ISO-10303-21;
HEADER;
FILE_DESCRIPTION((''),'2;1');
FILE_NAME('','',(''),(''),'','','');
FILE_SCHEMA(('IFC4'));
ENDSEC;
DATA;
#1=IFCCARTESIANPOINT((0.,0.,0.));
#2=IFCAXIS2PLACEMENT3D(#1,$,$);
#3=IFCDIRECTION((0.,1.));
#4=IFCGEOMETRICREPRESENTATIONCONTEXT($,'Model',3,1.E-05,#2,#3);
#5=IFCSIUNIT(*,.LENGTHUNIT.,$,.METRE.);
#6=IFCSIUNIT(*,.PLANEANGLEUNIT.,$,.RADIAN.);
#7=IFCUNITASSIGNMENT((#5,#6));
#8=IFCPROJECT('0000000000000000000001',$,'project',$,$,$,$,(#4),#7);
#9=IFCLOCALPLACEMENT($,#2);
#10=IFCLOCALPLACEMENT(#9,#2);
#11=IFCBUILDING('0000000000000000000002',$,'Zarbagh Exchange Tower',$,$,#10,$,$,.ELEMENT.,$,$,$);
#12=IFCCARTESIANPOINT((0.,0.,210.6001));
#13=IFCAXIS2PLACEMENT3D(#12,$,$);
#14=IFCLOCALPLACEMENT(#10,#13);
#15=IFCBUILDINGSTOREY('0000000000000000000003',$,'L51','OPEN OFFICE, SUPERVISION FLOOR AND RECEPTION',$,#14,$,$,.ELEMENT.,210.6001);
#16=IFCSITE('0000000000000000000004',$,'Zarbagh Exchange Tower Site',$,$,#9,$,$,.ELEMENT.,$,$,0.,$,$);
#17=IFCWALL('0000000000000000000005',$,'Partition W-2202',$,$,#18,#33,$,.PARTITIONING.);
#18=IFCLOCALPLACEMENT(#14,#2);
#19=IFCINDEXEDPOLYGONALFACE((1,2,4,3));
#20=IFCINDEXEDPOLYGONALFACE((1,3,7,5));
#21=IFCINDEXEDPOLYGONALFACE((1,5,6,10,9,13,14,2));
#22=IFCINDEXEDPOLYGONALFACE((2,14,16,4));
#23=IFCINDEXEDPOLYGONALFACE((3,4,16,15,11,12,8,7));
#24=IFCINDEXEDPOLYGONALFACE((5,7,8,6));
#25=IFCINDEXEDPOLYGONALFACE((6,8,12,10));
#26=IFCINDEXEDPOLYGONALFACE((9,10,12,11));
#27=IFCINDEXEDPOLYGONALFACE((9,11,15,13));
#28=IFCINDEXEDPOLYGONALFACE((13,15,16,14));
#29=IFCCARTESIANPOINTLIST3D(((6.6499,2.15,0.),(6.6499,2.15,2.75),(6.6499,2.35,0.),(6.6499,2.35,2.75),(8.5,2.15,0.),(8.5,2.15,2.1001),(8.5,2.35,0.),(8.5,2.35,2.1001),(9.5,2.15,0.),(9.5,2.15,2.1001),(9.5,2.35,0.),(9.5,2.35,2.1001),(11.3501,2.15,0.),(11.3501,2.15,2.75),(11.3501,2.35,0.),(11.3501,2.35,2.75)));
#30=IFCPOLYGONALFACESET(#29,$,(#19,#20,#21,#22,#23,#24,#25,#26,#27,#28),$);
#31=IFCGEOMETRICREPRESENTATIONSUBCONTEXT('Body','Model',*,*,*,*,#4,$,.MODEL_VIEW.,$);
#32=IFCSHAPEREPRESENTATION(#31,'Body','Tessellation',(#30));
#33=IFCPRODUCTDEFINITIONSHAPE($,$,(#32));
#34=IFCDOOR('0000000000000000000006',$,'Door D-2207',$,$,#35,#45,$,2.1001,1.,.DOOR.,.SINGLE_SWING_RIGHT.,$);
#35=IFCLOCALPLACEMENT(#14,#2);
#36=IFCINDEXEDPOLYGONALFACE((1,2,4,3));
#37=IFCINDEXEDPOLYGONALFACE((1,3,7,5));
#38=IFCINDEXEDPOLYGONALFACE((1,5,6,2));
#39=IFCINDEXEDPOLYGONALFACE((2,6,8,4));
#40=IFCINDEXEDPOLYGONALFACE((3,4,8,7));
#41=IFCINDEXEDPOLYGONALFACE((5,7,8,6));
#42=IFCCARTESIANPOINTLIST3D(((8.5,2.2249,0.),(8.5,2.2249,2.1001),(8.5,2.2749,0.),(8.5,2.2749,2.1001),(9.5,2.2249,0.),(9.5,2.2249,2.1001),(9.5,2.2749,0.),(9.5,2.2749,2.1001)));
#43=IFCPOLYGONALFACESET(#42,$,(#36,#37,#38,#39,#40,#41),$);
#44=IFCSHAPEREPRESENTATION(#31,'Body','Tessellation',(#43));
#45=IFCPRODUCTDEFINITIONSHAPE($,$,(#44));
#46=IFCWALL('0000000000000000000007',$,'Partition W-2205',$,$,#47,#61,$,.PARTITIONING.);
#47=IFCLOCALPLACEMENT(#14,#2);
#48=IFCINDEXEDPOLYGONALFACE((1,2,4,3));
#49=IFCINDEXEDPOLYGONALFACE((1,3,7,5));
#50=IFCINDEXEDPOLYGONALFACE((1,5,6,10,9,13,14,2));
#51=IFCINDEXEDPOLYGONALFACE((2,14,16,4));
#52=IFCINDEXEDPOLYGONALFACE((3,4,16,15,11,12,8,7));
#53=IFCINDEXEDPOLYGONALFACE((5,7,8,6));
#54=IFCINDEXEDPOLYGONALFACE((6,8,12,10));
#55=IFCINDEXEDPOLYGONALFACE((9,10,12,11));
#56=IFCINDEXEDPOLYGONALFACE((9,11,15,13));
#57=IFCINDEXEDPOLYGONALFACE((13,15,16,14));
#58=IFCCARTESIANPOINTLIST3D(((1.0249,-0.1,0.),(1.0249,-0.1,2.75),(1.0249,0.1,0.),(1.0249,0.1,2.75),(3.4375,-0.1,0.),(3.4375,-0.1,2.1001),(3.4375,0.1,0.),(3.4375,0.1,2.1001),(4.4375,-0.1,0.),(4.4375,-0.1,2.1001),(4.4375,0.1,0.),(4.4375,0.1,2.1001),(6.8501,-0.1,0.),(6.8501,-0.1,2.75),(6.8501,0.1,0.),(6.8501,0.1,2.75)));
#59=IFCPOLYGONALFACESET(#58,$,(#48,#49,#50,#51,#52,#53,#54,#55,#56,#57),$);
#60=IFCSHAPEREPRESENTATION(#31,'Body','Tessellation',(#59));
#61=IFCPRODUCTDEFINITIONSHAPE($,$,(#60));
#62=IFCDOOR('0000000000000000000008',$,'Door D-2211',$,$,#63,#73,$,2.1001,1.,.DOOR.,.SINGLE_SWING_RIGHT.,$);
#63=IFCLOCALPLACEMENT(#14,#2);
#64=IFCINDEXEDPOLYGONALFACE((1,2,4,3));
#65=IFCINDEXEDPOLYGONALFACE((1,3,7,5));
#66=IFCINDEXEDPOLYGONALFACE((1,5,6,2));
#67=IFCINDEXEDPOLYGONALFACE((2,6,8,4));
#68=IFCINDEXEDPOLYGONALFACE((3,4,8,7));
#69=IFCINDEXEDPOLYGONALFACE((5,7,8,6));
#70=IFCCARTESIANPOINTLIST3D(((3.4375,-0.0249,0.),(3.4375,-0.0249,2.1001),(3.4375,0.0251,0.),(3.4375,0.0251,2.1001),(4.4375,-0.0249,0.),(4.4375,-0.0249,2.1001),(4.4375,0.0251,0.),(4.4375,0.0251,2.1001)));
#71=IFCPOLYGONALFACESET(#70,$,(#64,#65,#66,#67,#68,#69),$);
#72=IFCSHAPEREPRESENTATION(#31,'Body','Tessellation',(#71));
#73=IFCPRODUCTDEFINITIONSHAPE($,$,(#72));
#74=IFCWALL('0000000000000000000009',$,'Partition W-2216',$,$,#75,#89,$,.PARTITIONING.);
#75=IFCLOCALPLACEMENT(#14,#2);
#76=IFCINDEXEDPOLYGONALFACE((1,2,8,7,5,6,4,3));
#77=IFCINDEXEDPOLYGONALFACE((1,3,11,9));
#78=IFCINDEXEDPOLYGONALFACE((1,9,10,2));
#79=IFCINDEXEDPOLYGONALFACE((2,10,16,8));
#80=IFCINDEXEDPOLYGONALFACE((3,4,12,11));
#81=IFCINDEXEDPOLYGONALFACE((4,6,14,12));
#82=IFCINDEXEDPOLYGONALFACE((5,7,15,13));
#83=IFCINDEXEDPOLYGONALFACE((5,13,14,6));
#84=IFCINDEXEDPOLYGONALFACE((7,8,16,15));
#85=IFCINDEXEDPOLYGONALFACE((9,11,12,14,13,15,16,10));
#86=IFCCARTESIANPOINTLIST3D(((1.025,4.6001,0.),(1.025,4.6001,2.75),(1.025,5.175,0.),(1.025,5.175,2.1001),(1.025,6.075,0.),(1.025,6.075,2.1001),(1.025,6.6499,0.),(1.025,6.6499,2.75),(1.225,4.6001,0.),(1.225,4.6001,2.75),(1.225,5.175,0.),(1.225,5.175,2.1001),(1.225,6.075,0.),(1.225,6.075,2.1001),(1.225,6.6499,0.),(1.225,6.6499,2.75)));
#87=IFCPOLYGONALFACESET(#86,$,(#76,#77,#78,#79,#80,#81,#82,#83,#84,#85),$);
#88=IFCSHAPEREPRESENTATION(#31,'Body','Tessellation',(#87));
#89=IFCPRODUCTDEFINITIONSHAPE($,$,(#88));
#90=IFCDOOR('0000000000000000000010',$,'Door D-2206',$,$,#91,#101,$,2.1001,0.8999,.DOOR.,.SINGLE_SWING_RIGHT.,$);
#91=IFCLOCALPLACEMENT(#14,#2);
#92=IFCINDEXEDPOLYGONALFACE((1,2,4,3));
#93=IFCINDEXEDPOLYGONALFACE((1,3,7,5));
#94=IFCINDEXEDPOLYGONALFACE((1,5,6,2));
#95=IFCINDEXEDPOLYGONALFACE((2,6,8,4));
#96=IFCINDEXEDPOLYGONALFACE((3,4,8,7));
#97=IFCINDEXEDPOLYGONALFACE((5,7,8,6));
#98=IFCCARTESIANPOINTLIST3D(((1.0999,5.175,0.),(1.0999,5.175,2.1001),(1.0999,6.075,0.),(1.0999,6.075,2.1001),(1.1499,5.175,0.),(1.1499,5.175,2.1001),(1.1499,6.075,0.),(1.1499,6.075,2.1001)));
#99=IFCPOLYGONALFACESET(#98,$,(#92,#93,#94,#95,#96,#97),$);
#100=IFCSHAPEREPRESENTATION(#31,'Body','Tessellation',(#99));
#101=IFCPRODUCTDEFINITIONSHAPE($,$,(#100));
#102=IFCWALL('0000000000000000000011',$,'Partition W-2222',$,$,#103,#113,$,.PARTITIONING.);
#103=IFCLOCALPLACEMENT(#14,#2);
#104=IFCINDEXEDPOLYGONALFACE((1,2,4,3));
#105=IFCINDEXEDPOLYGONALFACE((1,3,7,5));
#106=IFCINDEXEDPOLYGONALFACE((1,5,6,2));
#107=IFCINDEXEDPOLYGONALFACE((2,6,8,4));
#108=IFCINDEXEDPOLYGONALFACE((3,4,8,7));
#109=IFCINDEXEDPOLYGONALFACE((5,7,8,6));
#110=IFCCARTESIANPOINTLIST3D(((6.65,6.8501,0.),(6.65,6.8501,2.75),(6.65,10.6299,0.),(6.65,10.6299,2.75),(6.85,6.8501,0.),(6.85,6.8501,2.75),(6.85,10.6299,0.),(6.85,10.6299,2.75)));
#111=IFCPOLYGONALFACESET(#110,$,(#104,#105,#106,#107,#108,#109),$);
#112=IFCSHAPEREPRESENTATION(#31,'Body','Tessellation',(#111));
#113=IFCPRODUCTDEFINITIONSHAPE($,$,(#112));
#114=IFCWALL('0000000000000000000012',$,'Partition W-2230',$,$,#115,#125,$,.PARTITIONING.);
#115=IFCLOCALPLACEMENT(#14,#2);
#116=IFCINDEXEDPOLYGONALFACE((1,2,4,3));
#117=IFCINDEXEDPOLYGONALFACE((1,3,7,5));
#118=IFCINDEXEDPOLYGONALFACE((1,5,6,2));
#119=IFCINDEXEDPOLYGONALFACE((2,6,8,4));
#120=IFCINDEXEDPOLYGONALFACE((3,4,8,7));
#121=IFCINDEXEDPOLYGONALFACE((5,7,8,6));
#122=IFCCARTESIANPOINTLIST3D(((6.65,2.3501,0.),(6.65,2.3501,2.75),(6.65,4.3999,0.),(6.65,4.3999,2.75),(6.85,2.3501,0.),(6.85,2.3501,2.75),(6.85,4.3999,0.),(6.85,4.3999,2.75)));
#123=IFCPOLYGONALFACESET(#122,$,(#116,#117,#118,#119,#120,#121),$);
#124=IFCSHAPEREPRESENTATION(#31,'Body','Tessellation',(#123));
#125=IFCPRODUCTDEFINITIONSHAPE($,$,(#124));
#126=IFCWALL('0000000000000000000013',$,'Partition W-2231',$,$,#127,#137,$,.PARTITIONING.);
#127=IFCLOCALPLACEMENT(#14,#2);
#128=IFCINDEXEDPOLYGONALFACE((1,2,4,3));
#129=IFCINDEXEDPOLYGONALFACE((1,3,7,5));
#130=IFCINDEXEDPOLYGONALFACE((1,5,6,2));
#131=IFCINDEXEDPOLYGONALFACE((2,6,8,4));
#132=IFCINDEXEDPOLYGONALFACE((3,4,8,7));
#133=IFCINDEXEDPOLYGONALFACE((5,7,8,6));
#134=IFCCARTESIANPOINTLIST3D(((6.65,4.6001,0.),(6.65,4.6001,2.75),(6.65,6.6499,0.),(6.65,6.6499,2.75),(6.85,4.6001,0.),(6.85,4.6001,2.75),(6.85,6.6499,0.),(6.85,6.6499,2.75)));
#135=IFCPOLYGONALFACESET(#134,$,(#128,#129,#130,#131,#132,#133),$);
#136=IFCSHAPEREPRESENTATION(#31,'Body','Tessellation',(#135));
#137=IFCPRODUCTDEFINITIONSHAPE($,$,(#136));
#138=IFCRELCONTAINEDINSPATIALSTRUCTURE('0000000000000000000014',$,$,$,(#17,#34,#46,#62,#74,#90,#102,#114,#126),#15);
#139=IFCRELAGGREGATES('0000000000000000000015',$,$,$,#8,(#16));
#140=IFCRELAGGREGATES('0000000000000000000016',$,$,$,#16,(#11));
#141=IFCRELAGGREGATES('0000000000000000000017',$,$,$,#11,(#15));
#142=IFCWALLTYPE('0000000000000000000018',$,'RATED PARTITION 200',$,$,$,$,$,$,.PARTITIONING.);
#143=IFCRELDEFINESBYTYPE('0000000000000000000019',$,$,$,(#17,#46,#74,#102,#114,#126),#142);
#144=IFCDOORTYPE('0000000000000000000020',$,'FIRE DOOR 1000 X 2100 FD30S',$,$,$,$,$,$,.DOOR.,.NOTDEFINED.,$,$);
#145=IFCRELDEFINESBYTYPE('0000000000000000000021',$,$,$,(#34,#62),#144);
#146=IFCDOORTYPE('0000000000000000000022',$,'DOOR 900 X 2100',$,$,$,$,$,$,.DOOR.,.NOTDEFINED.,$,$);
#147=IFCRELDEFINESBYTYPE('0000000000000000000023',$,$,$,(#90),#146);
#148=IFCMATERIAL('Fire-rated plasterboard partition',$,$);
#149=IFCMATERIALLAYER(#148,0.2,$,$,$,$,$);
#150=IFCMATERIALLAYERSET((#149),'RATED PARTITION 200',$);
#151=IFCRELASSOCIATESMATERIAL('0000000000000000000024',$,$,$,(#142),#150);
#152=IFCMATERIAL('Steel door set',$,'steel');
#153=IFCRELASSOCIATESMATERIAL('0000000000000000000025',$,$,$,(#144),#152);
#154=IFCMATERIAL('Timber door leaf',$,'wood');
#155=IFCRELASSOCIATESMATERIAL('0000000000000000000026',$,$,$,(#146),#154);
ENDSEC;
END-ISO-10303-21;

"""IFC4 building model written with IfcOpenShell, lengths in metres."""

from ifc_helpers import new_model, si_unit, direction, frame, frame_2d, origin, place, context, subcontext, project, spatial, rectangle, extrude, material, layer, layer_set, type_object, element, fill, save


model = new_model("IFC4")

# Units and contexts
model_context = context("Model", 3, precision=1e-05, world=origin(), true_north=direction((0.0, 1.0)))
body_context = subcontext(model_context, "Body", "Model", "MODEL_VIEW")
ifc_project = project(units=[si_unit("LENGTHUNIT", "METRE"), si_unit("PLANEANGLEUNIT", "RADIAN")], contexts=[model_context])

# Site, building, storey
site_placement = place(None, origin())
site = spatial("IfcSite", under=ifc_project, at=site_placement, Name="Zarbagh Exchange Tower Site", CompositionType="ELEMENT", RefElevation=0.0)
building_placement = place(site_placement, origin())
building = spatial("IfcBuilding", under=site, at=building_placement, Name="Zarbagh Exchange Tower", CompositionType="ELEMENT")
storey_placement = place(building_placement, frame((0.0, 0.0, 210.6001)))
storey = spatial("IfcBuildingStorey", under=building, at=storey_placement, Name="L51", Description="OPEN OFFICE, SUPERVISION FLOOR AND RECEPTION", CompositionType="ELEMENT", Elevation=210.6001)

# Walls, openings, doors
ifc_material_1 = material(Name="Fire-rated plasterboard partition")
ifc_layer_1 = layer(ifc_material_1, 0.2)
ifc_layer_set_1 = layer_set([ifc_layer_1], Name="RATED PARTITION 200")
wall_type_1 = type_object("IfcWallType", Name="RATED PARTITION 200", PredefinedType="PARTITIONING", material=ifc_layer_set_1)
wall_1_placement = place(storey_placement, frame((6.6499, 2.25, 0.0), z_axis=(0.0, 0.0, 1.0), x_axis=(1.0, 0.0, 0.0)))
wall_1 = element("IfcWall", 1, at=wall_1_placement, inside=storey, type_object=wall_type_1, Name="Partition W-2202", PredefinedType="PARTITIONING", context=body_context, shape_type="SweptSolid", body=[
    extrude(rectangle(XDim=4.7002, YDim=0.2, at=frame_2d((2.3501, 0.0))), origin(), (0.0, 0.0, 1.0), 2.75),
])
opening_1_placement = place(wall_1_placement, frame((1.8501, 0.0, 0.0)))
opening_1 = element("IfcOpeningElement", 2, at=opening_1_placement, cuts=wall_1, PredefinedType="OPENING", context=body_context, shape_type="SweptSolid", body=[
    extrude(rectangle(XDim=1.0, YDim=2.1001, at=frame_2d((0.5, 1.05))), frame((0.0, 0.1099, 0.0), z_axis=(0.0, -1.0, 0.0), x_axis=(1.0, 0.0, 0.0)), (0.0, 0.0, 1.0), 0.22),
])
ifc_material_2 = material(Name="Steel door set", Category="steel")
door_type_1 = type_object("IfcDoorType", Name="FIRE DOOR 1000 X 2100 FD30S", OperationType="NOTDEFINED", PredefinedType="DOOR", material=ifc_material_2)
door_1_placement = place(opening_1_placement, origin())
door_1 = element("IfcDoor", 3, at=door_1_placement, inside=storey, type_object=door_type_1, Name="Door D-2207", OperationType="SINGLE_SWING_RIGHT", OverallHeight=2.1001, OverallWidth=1.0, PredefinedType="DOOR", context=body_context, shape_type="SweptSolid", body=[
    extrude(rectangle(XDim=1.0, YDim=2.1001, at=frame_2d((0.5, 1.05))), frame((0.0, 0.0249, 0.0), z_axis=(0.0, -1.0, 0.0), x_axis=(1.0, 0.0, 0.0)), (0.0, 0.0, 1.0), 0.05),
])
fill(opening_1, door_1)
wall_2_placement = place(storey_placement, frame((6.8501, 0.0, 0.0), z_axis=(0.0, 0.0, 1.0), x_axis=(-1.0, 0.0, 0.0)))
wall_2 = element("IfcWall", 4, at=wall_2_placement, inside=storey, type_object=wall_type_1, Name="Partition W-2205", PredefinedType="PARTITIONING", context=body_context, shape_type="SweptSolid", body=[
    extrude(rectangle(XDim=5.8252, YDim=0.2, at=frame_2d((2.9126, 0.0))), origin(), (0.0, 0.0, 1.0), 2.75),
])
opening_2_placement = place(wall_2_placement, frame((2.4126, 0.0, 0.0)))
opening_2 = element("IfcOpeningElement", 5, at=opening_2_placement, cuts=wall_2, PredefinedType="OPENING", context=body_context, shape_type="SweptSolid", body=[
    extrude(rectangle(XDim=1.0, YDim=2.1001, at=frame_2d((0.5, 1.05))), frame((0.0, 0.1099, 0.0), z_axis=(0.0, -1.0, 0.0), x_axis=(1.0, 0.0, 0.0)), (0.0, 0.0, 1.0), 0.22),
])
door_2_placement = place(opening_2_placement, origin())
door_2 = element("IfcDoor", 6, at=door_2_placement, inside=storey, type_object=door_type_1, Name="Door D-2211", OperationType="SINGLE_SWING_RIGHT", OverallHeight=2.1001, OverallWidth=1.0, PredefinedType="DOOR", context=body_context, shape_type="SweptSolid", body=[
    extrude(rectangle(XDim=1.0, YDim=2.1001, at=frame_2d((0.5, 1.05))), frame((0.0, 0.0249, 0.0), z_axis=(0.0, -1.0, 0.0), x_axis=(1.0, 0.0, 0.0)), (0.0, 0.0, 1.0), 0.05),
])
fill(opening_2, door_2)
wall_3_placement = place(storey_placement, frame((1.125, 6.6499, 0.0), z_axis=(0.0, 0.0, 1.0), x_axis=(0.0, -1.0, 0.0)))
wall_3 = element("IfcWall", 7, at=wall_3_placement, inside=storey, type_object=wall_type_1, Name="Partition W-2216", PredefinedType="PARTITIONING", context=body_context, shape_type="SweptSolid", body=[
    extrude(rectangle(XDim=2.0498, YDim=0.2, at=frame_2d((1.0249, 0.0))), origin(), (0.0, 0.0, 1.0), 2.75),
])
opening_3_placement = place(wall_3_placement, frame((0.575, 0.0, 0.0)))
opening_3 = element("IfcOpeningElement", 8, at=opening_3_placement, cuts=wall_3, PredefinedType="OPENING", context=body_context, shape_type="SweptSolid", body=[
    extrude(rectangle(XDim=0.8999, YDim=2.1001, at=frame_2d((0.45, 1.05))), frame((0.0, 0.1099, 0.0), z_axis=(0.0, -1.0, 0.0), x_axis=(1.0, 0.0, 0.0)), (0.0, 0.0, 1.0), 0.22),
])
ifc_material_3 = material(Name="Timber door leaf", Category="wood")
door_type_2 = type_object("IfcDoorType", Name="DOOR 900 X 2100", OperationType="NOTDEFINED", PredefinedType="DOOR", material=ifc_material_3)
door_3_placement = place(opening_3_placement, origin())
door_3 = element("IfcDoor", 9, at=door_3_placement, inside=storey, type_object=door_type_2, Name="Door D-2206", OperationType="SINGLE_SWING_RIGHT", OverallHeight=2.1001, OverallWidth=0.8999, PredefinedType="DOOR", context=body_context, shape_type="SweptSolid", body=[
    extrude(rectangle(XDim=0.8999, YDim=2.1001, at=frame_2d((0.45, 1.05))), frame((0.0, 0.0249, 0.0), z_axis=(0.0, -1.0, 0.0), x_axis=(1.0, 0.0, 0.0)), (0.0, 0.0, 1.0), 0.05),
])
fill(opening_3, door_3)

# Walls
wall_4_placement = place(storey_placement, frame((6.75, 6.8501, 0.0), z_axis=(0.0, 0.0, 1.0), x_axis=(0.0, 1.0, 0.0)))
element("IfcWall", 10, at=wall_4_placement, inside=storey, type_object=wall_type_1, Name="Partition W-2222", PredefinedType="PARTITIONING", context=body_context, shape_type="SweptSolid", body=[
    extrude(rectangle(XDim=3.7798, YDim=0.2, at=frame_2d((1.8899, 0.0))), origin(), (0.0, 0.0, 1.0), 2.75),
])
for number, where, z_axis, x_axis, name in (
    (11, (6.75, 2.3501, 0.0), (0.0, 0.0, 1.0), (0.0, 1.0, 0.0), "Partition W-2230"),
    (12, (6.75, 4.6001, 0.0), (0.0, 0.0, 1.0), (0.0, 1.0, 0.0), "Partition W-2231"),
):
    element("IfcWall", number, at=place(storey_placement, frame(where, z_axis=z_axis, x_axis=x_axis)), inside=storey, type_object=wall_type_1, Name=name, PredefinedType="PARTITIONING", context=body_context, shape_type="SweptSolid", body=[
        extrude(rectangle(XDim=2.0498, YDim=0.2, at=frame_2d((1.0249, 0.0))), origin(), (0.0, 0.0, 1.0), 2.75),
    ])

save(model, "model.ifc")
